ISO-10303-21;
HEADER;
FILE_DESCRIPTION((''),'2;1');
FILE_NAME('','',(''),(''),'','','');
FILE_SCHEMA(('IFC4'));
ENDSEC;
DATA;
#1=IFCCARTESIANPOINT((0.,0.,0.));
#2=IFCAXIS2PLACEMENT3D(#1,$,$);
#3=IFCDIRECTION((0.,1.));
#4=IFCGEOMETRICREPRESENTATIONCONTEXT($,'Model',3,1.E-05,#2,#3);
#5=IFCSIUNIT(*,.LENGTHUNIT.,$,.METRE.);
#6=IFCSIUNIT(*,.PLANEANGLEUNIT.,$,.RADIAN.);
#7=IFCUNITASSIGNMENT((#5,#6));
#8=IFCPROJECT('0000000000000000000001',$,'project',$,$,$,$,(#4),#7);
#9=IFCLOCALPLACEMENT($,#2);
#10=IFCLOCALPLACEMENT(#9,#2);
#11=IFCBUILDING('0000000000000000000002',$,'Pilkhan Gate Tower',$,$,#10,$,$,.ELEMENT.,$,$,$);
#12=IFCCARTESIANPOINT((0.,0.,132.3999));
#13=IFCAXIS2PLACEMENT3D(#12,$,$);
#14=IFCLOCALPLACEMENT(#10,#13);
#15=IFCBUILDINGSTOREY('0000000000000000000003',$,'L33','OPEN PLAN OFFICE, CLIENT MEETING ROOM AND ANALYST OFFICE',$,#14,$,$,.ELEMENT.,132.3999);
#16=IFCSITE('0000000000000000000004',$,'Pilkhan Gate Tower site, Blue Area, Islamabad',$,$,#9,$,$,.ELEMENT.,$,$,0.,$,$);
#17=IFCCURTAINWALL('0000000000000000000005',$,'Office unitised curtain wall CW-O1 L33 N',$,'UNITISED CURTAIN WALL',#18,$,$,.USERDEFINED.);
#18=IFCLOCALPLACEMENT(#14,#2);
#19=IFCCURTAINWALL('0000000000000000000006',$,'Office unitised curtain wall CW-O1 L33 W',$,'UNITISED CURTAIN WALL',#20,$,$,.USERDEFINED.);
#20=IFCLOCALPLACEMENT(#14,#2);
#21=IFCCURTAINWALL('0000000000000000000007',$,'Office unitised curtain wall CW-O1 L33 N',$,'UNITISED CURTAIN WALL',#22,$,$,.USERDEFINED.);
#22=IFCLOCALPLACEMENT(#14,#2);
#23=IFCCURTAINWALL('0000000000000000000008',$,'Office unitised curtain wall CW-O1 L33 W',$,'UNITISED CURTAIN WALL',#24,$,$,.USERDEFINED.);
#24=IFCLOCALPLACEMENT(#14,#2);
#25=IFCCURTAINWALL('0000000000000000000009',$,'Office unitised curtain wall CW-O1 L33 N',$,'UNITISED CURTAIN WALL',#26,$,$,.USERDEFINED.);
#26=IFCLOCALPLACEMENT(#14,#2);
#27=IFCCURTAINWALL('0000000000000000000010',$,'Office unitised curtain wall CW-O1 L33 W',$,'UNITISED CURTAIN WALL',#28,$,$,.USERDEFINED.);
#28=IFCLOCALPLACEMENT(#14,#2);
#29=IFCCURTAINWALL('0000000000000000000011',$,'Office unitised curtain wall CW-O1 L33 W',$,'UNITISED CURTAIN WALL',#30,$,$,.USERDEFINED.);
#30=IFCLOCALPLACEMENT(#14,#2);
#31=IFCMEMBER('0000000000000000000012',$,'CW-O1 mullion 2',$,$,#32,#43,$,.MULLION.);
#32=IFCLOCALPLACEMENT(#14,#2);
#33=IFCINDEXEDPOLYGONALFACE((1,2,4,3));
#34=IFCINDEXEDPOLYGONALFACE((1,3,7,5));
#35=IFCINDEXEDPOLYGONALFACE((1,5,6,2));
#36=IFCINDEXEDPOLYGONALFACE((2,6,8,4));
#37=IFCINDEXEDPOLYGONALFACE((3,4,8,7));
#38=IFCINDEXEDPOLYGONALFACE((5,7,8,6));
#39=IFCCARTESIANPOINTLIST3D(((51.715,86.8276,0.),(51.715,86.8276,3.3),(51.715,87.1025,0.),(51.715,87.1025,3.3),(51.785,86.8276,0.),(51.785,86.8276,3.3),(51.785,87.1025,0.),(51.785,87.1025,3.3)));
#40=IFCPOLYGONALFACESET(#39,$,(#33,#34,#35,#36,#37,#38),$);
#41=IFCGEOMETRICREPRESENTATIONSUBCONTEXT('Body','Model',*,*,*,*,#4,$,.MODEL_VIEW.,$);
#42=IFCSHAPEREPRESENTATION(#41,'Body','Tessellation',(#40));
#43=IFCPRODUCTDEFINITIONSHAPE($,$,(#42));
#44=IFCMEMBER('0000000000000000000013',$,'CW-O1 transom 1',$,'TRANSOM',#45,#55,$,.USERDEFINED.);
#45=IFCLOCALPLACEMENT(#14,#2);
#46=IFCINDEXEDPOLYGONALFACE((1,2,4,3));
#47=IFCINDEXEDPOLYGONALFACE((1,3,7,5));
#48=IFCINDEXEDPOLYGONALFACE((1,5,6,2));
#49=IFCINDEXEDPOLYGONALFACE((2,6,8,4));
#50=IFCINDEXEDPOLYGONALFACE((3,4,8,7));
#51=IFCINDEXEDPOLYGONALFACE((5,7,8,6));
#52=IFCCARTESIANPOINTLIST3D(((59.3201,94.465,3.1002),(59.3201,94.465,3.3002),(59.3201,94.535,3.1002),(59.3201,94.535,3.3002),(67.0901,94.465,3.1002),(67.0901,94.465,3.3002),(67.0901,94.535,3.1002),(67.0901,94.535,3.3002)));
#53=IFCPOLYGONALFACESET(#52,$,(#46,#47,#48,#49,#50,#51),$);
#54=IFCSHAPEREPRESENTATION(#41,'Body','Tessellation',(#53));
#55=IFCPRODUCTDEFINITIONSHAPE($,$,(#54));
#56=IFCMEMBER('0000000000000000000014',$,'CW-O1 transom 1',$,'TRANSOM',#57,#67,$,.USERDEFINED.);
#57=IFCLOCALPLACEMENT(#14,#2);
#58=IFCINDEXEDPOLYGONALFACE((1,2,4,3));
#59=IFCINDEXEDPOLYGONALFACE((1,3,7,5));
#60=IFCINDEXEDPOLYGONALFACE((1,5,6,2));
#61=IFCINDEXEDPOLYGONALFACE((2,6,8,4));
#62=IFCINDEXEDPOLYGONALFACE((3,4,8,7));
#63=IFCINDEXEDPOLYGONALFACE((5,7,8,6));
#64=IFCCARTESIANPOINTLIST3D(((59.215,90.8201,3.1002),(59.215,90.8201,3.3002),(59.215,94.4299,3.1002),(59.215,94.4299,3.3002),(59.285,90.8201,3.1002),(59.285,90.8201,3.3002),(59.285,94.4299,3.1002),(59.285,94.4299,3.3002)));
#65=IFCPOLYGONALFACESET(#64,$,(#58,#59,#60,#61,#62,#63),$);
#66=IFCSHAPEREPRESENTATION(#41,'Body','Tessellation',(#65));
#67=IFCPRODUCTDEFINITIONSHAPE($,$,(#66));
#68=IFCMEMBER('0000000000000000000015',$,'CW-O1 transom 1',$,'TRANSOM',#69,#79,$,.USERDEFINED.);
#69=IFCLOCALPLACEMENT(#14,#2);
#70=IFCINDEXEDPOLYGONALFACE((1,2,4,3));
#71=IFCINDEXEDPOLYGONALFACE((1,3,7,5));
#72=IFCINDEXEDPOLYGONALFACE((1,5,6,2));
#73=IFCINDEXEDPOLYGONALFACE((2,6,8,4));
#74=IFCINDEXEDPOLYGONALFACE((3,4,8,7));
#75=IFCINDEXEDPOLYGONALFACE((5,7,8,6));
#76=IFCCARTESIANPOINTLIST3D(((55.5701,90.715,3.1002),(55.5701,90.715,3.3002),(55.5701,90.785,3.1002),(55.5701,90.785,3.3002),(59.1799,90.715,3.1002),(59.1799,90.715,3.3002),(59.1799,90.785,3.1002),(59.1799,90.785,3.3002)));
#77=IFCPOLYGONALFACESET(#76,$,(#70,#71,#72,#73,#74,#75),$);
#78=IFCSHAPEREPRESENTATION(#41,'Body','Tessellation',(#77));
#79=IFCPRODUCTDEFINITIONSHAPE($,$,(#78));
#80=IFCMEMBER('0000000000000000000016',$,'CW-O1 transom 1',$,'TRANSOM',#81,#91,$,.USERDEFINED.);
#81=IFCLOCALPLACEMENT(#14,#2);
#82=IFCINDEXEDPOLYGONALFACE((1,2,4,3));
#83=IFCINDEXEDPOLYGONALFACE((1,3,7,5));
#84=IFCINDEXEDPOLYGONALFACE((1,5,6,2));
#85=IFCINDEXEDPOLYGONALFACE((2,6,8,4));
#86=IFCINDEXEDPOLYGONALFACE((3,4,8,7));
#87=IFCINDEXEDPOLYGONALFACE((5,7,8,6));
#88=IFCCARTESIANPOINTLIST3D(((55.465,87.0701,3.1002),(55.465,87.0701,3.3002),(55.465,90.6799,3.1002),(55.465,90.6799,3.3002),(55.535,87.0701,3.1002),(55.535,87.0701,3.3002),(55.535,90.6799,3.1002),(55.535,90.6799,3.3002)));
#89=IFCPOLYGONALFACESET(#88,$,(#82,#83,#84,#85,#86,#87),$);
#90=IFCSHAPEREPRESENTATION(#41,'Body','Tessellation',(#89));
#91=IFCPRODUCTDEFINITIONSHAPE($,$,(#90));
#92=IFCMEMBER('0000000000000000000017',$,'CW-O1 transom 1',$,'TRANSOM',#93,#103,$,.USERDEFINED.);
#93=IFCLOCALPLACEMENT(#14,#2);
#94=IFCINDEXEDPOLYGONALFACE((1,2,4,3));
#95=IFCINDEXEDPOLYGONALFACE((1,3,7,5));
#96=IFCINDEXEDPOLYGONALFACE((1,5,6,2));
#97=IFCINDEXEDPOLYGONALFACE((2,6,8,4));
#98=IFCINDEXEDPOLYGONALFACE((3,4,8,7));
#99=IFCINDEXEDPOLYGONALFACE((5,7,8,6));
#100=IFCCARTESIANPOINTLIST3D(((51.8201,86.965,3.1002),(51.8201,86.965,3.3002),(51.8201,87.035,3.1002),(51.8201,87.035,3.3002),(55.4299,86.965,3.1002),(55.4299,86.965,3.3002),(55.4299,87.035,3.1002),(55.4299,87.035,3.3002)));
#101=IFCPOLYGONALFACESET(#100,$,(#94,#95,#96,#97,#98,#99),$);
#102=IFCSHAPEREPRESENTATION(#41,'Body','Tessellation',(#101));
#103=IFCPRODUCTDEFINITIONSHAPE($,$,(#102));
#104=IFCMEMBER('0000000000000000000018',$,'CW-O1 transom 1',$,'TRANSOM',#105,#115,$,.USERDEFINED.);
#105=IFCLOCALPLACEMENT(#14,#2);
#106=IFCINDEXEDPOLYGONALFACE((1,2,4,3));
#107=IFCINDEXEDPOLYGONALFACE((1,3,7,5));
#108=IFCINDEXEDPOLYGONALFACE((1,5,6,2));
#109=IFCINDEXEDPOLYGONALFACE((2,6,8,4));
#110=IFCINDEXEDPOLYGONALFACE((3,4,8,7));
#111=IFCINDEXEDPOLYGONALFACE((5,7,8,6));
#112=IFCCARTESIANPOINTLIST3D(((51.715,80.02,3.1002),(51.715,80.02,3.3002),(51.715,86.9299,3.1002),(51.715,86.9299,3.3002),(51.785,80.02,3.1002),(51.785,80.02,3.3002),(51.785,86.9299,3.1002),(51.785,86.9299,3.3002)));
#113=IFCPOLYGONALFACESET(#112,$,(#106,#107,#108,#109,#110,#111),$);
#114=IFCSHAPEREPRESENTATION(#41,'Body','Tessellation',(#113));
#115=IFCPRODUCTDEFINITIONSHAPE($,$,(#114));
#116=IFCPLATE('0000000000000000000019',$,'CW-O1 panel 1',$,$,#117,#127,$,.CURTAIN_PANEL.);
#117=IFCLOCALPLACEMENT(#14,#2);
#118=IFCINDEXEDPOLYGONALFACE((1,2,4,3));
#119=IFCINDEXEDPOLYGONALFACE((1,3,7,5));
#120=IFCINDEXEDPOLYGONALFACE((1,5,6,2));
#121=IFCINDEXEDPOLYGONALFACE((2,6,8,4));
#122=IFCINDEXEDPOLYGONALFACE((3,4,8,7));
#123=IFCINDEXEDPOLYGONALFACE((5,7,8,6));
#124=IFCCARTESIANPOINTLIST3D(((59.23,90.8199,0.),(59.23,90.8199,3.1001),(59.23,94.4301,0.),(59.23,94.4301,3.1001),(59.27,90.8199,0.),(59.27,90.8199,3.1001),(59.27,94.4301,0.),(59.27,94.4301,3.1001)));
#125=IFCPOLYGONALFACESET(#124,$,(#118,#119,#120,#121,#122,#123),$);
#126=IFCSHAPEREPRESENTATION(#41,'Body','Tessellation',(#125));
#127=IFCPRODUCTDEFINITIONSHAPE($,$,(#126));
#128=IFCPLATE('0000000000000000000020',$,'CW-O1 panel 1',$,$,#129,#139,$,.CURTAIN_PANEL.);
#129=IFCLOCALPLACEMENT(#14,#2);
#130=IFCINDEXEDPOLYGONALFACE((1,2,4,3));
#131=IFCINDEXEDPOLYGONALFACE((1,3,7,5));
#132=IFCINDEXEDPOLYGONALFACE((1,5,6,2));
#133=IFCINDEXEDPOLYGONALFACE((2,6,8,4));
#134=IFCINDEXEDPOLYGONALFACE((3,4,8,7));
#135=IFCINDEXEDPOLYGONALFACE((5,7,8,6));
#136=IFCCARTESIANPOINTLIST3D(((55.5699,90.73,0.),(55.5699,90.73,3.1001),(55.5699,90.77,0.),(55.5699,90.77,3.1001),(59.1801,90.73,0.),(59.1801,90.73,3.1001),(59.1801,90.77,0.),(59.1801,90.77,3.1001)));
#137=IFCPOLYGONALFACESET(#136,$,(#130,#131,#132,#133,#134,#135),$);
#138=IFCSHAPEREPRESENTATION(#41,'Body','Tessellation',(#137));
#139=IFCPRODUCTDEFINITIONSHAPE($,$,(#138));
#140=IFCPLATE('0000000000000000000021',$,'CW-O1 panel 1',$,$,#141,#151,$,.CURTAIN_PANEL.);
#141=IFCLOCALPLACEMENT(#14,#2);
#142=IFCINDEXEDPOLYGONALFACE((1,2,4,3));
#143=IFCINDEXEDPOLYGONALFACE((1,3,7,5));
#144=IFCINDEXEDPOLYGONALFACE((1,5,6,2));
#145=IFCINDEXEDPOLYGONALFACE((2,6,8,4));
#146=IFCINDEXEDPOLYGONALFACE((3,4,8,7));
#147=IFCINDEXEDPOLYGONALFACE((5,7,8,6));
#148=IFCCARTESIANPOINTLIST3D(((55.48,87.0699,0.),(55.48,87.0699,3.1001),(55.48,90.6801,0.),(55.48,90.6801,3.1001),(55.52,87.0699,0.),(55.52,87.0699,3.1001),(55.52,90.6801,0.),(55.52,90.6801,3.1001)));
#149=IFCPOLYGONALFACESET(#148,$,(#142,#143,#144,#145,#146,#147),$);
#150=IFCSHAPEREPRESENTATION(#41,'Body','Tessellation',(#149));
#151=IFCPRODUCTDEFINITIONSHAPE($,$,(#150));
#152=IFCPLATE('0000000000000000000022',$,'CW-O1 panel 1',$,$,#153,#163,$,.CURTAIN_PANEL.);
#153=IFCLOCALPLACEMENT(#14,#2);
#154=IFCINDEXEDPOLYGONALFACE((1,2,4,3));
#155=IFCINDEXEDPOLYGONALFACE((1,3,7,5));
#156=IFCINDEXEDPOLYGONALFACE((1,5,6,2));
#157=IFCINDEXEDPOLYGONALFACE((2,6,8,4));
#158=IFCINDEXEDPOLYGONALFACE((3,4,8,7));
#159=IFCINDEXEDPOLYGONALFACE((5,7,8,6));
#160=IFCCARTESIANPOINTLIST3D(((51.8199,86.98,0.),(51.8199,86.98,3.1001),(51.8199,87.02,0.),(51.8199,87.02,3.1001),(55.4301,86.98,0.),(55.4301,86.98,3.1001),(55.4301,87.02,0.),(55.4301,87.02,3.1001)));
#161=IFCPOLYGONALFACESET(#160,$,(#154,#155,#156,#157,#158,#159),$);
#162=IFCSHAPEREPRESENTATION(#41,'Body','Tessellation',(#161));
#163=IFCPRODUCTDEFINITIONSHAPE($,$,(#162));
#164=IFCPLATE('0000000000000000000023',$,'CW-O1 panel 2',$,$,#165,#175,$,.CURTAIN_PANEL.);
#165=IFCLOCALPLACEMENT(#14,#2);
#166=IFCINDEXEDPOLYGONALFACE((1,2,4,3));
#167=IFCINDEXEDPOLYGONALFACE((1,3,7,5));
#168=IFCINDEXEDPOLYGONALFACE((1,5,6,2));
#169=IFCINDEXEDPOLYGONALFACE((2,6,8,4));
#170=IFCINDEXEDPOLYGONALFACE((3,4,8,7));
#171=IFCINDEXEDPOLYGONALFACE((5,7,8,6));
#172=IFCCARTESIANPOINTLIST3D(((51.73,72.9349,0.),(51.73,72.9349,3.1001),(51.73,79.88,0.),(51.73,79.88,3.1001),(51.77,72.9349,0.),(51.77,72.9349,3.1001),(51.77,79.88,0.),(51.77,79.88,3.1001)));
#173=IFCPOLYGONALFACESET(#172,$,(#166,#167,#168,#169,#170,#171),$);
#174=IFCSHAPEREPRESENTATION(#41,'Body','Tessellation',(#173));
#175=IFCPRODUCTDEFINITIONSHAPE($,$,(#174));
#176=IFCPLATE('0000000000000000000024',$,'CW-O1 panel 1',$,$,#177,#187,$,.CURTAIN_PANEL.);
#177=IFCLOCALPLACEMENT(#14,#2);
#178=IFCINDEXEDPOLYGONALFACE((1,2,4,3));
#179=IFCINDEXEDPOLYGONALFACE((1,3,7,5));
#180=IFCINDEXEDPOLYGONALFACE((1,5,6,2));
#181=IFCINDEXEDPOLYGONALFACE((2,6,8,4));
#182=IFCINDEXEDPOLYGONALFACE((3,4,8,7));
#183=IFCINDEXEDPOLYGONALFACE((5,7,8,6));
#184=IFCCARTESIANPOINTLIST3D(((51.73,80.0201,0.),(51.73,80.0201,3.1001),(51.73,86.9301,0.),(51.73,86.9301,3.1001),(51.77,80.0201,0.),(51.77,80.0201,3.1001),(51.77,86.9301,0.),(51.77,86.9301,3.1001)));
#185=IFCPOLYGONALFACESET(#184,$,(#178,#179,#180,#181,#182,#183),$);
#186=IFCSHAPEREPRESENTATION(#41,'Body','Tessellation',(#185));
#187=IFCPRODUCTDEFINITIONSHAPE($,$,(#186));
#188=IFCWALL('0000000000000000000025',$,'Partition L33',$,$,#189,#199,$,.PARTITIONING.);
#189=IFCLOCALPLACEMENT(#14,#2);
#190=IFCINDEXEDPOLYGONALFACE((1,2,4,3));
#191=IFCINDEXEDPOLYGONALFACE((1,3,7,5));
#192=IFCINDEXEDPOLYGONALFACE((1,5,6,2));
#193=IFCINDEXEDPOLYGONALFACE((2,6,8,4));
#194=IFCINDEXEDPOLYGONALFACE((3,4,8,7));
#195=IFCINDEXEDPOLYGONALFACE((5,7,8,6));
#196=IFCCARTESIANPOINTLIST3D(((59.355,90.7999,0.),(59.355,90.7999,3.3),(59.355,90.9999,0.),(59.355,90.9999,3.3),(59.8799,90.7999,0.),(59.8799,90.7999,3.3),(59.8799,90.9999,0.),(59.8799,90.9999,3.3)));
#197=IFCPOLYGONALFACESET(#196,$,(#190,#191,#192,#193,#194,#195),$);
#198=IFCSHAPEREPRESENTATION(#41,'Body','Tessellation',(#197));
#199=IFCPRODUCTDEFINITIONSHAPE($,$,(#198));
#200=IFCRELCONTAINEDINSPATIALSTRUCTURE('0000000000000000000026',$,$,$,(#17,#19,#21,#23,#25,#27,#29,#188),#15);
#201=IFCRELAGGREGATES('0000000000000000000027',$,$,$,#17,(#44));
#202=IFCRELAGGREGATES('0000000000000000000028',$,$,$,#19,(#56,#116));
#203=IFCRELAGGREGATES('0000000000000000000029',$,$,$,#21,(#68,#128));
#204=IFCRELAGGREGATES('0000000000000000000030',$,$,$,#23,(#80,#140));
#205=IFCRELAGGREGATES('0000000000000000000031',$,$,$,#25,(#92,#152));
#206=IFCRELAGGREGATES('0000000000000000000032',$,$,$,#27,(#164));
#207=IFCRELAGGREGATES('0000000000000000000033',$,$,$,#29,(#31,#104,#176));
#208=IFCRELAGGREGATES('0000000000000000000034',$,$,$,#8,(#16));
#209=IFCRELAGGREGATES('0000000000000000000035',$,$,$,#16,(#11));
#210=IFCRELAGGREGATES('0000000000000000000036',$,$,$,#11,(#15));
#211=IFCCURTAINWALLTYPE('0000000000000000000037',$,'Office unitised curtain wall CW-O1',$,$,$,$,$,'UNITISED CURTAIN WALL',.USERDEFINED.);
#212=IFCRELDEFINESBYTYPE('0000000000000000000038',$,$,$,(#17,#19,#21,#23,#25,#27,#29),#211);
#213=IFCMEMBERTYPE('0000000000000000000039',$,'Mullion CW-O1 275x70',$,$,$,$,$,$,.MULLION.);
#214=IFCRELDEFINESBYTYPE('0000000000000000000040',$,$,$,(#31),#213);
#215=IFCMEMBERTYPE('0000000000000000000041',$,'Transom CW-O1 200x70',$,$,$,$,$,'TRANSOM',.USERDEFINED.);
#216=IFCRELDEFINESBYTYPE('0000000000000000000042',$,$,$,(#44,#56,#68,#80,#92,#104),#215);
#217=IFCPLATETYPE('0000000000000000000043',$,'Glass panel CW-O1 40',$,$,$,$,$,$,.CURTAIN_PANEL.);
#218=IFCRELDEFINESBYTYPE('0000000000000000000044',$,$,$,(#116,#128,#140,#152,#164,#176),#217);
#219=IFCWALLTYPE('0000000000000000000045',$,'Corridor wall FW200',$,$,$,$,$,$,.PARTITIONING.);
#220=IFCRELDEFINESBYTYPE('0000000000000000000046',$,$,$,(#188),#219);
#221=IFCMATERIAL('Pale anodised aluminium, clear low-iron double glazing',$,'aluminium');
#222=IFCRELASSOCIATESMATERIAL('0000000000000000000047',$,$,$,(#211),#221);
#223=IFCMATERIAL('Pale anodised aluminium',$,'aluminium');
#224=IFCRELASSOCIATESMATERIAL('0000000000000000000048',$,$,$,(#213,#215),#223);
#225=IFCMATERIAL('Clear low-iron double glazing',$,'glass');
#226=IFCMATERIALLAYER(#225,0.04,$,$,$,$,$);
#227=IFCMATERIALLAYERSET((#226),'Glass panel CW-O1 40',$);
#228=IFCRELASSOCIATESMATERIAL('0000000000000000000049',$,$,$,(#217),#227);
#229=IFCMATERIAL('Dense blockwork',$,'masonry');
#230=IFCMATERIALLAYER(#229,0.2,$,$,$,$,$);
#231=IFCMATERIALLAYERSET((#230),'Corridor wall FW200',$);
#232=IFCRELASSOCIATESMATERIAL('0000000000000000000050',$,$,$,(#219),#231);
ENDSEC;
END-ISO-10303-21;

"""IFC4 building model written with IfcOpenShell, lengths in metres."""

from ifc_helpers import new_model, si_unit, direction, frame, frame_2d, origin, origin_2d, place, context, subcontext, project, spatial, rectangle, extrude, material, layer, layer_set, material_profile, profile_set, type_object, element, aggregate, save


model = new_model("IFC4")

# Units and contexts
model_context = context("Model", 3, precision=1e-05, world=origin(), true_north=direction((0.0, 1.0)))
body_context = subcontext(model_context, "Body", "Model", "MODEL_VIEW")
ifc_project = project(units=[si_unit("LENGTHUNIT", "METRE"), si_unit("PLANEANGLEUNIT", "RADIAN")], contexts=[model_context])

# Site, building, storey
site_placement = place(None, origin())
site = spatial("IfcSite", under=ifc_project, at=site_placement, Name="Pilkhan Gate Tower site, Blue Area, Islamabad", CompositionType="ELEMENT", RefElevation=0.0)
building_placement = place(site_placement, origin())
building = spatial("IfcBuilding", under=site, at=building_placement, Name="Pilkhan Gate Tower", CompositionType="ELEMENT")
storey_placement = place(building_placement, frame((0.0, 0.0, 132.3999)))
storey = spatial("IfcBuildingStorey", under=building, at=storey_placement, Name="L33", Description="OPEN PLAN OFFICE, CLIENT MEETING ROOM AND ANALYST OFFICE", CompositionType="ELEMENT", Elevation=132.3999)

# Curtain wall
ifc_material_1 = material(Name="Pale anodised aluminium, clear low-iron double glazing", Category="aluminium")
curtain_wall_type = type_object("IfcCurtainWallType", Name="Office unitised curtain wall CW-O1", ElementType="UNITISED CURTAIN WALL", PredefinedType="USERDEFINED", material=ifc_material_1)
curtain_wall_1_placement = place(storey_placement, origin())
curtain_wall_1 = element("IfcCurtainWall", 1, at=curtain_wall_1_placement, inside=storey, type_object=curtain_wall_type, Name="Office unitised curtain wall CW-O1 L33 N", ObjectType="UNITISED CURTAIN WALL", PredefinedType="USERDEFINED")
ifc_material_2 = material(Name="Pale anodised aluminium", Category="aluminium")
ifc_material_profile_1 = material_profile(ifc_material_2, rectangle(XDim=0.0701, YDim=0.2749, at=origin_2d()), Name="Mullion 275x70")
ifc_profile_set_1 = profile_set([ifc_material_profile_1], Name="Pale anodised aluminium")
member_type_1 = type_object("IfcMemberType", Name="Mullion CW-O1 275x70", PredefinedType="MULLION", material=ifc_profile_set_1)

# Curtain walls
curtain_wall_2_placement = place(storey_placement, origin())
curtain_wall_2 = element("IfcCurtainWall", 2, at=curtain_wall_2_placement, inside=storey, type_object=curtain_wall_type, Name="Office unitised curtain wall CW-O1 L33 W", ObjectType="UNITISED CURTAIN WALL", PredefinedType="USERDEFINED")
curtain_wall_3_placement = place(storey_placement, origin())
curtain_wall_3 = element("IfcCurtainWall", 3, at=curtain_wall_3_placement, inside=storey, type_object=curtain_wall_type, Name="Office unitised curtain wall CW-O1 L33 N", ObjectType="UNITISED CURTAIN WALL", PredefinedType="USERDEFINED")
curtain_wall_4_placement = place(storey_placement, origin())
curtain_wall_4 = element("IfcCurtainWall", 4, at=curtain_wall_4_placement, inside=storey, type_object=curtain_wall_type, Name="Office unitised curtain wall CW-O1 L33 W", ObjectType="UNITISED CURTAIN WALL", PredefinedType="USERDEFINED")
curtain_wall_5_placement = place(storey_placement, origin())
curtain_wall_5 = element("IfcCurtainWall", 5, at=curtain_wall_5_placement, inside=storey, type_object=curtain_wall_type, Name="Office unitised curtain wall CW-O1 L33 N", ObjectType="UNITISED CURTAIN WALL", PredefinedType="USERDEFINED")

# Curtain wall
curtain_wall_6_placement = place(storey_placement, origin())
curtain_wall_6 = element("IfcCurtainWall", 6, at=curtain_wall_6_placement, inside=storey, type_object=curtain_wall_type, Name="Office unitised curtain wall CW-O1 L33 W", ObjectType="UNITISED CURTAIN WALL", PredefinedType="USERDEFINED")

# Curtain wall, member
curtain_wall_7_placement = place(storey_placement, origin())
curtain_wall_7 = element("IfcCurtainWall", 7, at=curtain_wall_7_placement, inside=storey, type_object=curtain_wall_type, Name="Office unitised curtain wall CW-O1 L33 W", ObjectType="UNITISED CURTAIN WALL", PredefinedType="USERDEFINED")
member_1_placement = place(storey_placement, frame((51.75, 86.9651, 0.0), z_axis=(0.0, 0.0, 1.0), x_axis=(-1.0, 0.0, 0.0)))
member_1 = element("IfcMember", 8, at=member_1_placement, type_object=member_type_1, Name="CW-O1 mullion 2", PredefinedType="MULLION", context=body_context, shape_type="SweptSolid", body=[
    extrude(rectangle(XDim=0.0701, YDim=0.2749, at=origin_2d()), origin(), (0.0, 0.0, 1.0), 3.3),
])

# Members
ifc_material_profile_2 = material_profile(ifc_material_2, rectangle(XDim=0.0701, YDim=0.2, at=origin_2d()), Name="Transom 200x70")
ifc_profile_set_2 = profile_set([ifc_material_profile_2], Name="Pale anodised aluminium")
member_type_2 = type_object("IfcMemberType", Name="Transom CW-O1 200x70", ElementType="TRANSOM", PredefinedType="USERDEFINED", material=ifc_profile_set_2)
member_2_placement = place(storey_placement, frame((59.3201, 94.5, 3.2002), z_axis=(1.0, 0.0, 0.0), x_axis=(0.0, 1.0, 0.0)))
member_2 = element("IfcMember", 9, at=member_2_placement, type_object=member_type_2, Name="CW-O1 transom 1", ObjectType="TRANSOM", PredefinedType="USERDEFINED", context=body_context, shape_type="SweptSolid", body=[
    extrude(rectangle(XDim=0.0701, YDim=0.2, at=origin_2d()), origin(), (0.0, 0.0, 1.0), 7.77),
])
aggregate(curtain_wall_1, [member_2])
member_3_placement = place(storey_placement, frame((59.25, 90.8201, 3.2002), z_axis=(0.0, 1.0, 0.0), x_axis=(-1.0, 0.0, 0.0)))
member_3 = element("IfcMember", 10, at=member_3_placement, type_object=member_type_2, Name="CW-O1 transom 1", ObjectType="TRANSOM", PredefinedType="USERDEFINED", context=body_context, shape_type="SweptSolid", body=[
    extrude(rectangle(XDim=0.0701, YDim=0.2, at=origin_2d()), origin(), (0.0, 0.0, 1.0), 3.6099),
])
member_4_placement = place(storey_placement, frame((55.5701, 90.75, 3.2002), z_axis=(1.0, 0.0, 0.0), x_axis=(0.0, 1.0, 0.0)))
member_4 = element("IfcMember", 11, at=member_4_placement, type_object=member_type_2, Name="CW-O1 transom 1", ObjectType="TRANSOM", PredefinedType="USERDEFINED", context=body_context, shape_type="SweptSolid", body=[
    extrude(rectangle(XDim=0.0701, YDim=0.2, at=origin_2d()), origin(), (0.0, 0.0, 1.0), 3.6099),
])
member_5_placement = place(storey_placement, frame((55.5, 87.0701, 3.2002), z_axis=(0.0, 1.0, 0.0), x_axis=(-1.0, 0.0, 0.0)))
member_5 = element("IfcMember", 12, at=member_5_placement, type_object=member_type_2, Name="CW-O1 transom 1", ObjectType="TRANSOM", PredefinedType="USERDEFINED", context=body_context, shape_type="SweptSolid", body=[
    extrude(rectangle(XDim=0.0701, YDim=0.2, at=origin_2d()), origin(), (0.0, 0.0, 1.0), 3.6099),
])
member_6_placement = place(storey_placement, frame((51.8201, 87.0, 3.2002), z_axis=(1.0, 0.0, 0.0), x_axis=(0.0, 1.0, 0.0)))
member_6 = element("IfcMember", 13, at=member_6_placement, type_object=member_type_2, Name="CW-O1 transom 1", ObjectType="TRANSOM", PredefinedType="USERDEFINED", context=body_context, shape_type="SweptSolid", body=[
    extrude(rectangle(XDim=0.0701, YDim=0.2, at=origin_2d()), origin(), (0.0, 0.0, 1.0), 3.6099),
])
member_7_placement = place(storey_placement, frame((51.75, 80.02, 3.2002), z_axis=(0.0, 1.0, 0.0), x_axis=(-1.0, 0.0, 0.0)))
member_7 = element("IfcMember", 14, at=member_7_placement, type_object=member_type_2, Name="CW-O1 transom 1", ObjectType="TRANSOM", PredefinedType="USERDEFINED", context=body_context, shape_type="SweptSolid", body=[
    extrude(rectangle(XDim=0.0701, YDim=0.2, at=origin_2d()), origin(), (0.0, 0.0, 1.0), 6.9099),
])

# Plates
ifc_material_3 = material(Name="Clear low-iron double glazing", Category="glass")
ifc_layer_1 = layer(ifc_material_3, 0.04)
ifc_layer_set_1 = layer_set([ifc_layer_1], Name="Glass panel CW-O1 40")
plate_type = type_object("IfcPlateType", Name="Glass panel CW-O1 40", PredefinedType="CURTAIN_PANEL", material=ifc_layer_set_1)
plate_1_placement = place(storey_placement, frame((59.25, 92.625, 0.0), z_axis=(0.0, 0.0, 1.0), x_axis=(0.0, 1.0, 0.0)))
plate_1 = element("IfcPlate", 15, at=plate_1_placement, type_object=plate_type, Name="CW-O1 panel 1", PredefinedType="CURTAIN_PANEL", context=body_context, shape_type="SweptSolid", body=[
    extrude(rectangle(XDim=3.6101, YDim=0.04, at=origin_2d()), origin(), (0.0, 0.0, 1.0), 3.1001),
])
aggregate(curtain_wall_2, [member_3, plate_1])
plate_2_placement = place(storey_placement, frame((57.375, 90.75, 0.0), z_axis=(0.0, 0.0, 1.0), x_axis=(1.0, 0.0, 0.0)))
plate_2 = element("IfcPlate", 16, at=plate_2_placement, type_object=plate_type, Name="CW-O1 panel 1", PredefinedType="CURTAIN_PANEL", context=body_context, shape_type="SweptSolid", body=[
    extrude(rectangle(XDim=3.6101, YDim=0.04, at=origin_2d()), origin(), (0.0, 0.0, 1.0), 3.1001),
])
aggregate(curtain_wall_3, [member_4, plate_2])
plate_3_placement = place(storey_placement, frame((55.5, 88.875, 0.0), z_axis=(0.0, 0.0, 1.0), x_axis=(0.0, 1.0, 0.0)))
plate_3 = element("IfcPlate", 17, at=plate_3_placement, type_object=plate_type, Name="CW-O1 panel 1", PredefinedType="CURTAIN_PANEL", context=body_context, shape_type="SweptSolid", body=[
    extrude(rectangle(XDim=3.6101, YDim=0.04, at=origin_2d()), origin(), (0.0, 0.0, 1.0), 3.1001),
])
aggregate(curtain_wall_4, [member_5, plate_3])
plate_4_placement = place(storey_placement, frame((53.625, 87.0, 0.0), z_axis=(0.0, 0.0, 1.0), x_axis=(1.0, 0.0, 0.0)))
plate_4 = element("IfcPlate", 18, at=plate_4_placement, type_object=plate_type, Name="CW-O1 panel 1", PredefinedType="CURTAIN_PANEL", context=body_context, shape_type="SweptSolid", body=[
    extrude(rectangle(XDim=3.6101, YDim=0.04, at=origin_2d()), origin(), (0.0, 0.0, 1.0), 3.1001),
])
aggregate(curtain_wall_5, [member_6, plate_4])
plate_5_placement = place(storey_placement, frame((51.75, 76.4075, 0.0), z_axis=(0.0, 0.0, 1.0), x_axis=(0.0, 1.0, 0.0)))
plate_5 = element("IfcPlate", 19, at=plate_5_placement, type_object=plate_type, Name="CW-O1 panel 2", PredefinedType="CURTAIN_PANEL", context=body_context, shape_type="SweptSolid", body=[
    extrude(rectangle(XDim=6.9451, YDim=0.04, at=origin_2d()), origin(), (0.0, 0.0, 1.0), 3.1001),
])
aggregate(curtain_wall_6, [plate_5])
plate_6_placement = place(storey_placement, frame((51.75, 83.4751, 0.0), z_axis=(0.0, 0.0, 1.0), x_axis=(0.0, 1.0, 0.0)))
plate_6 = element("IfcPlate", 20, at=plate_6_placement, type_object=plate_type, Name="CW-O1 panel 1", PredefinedType="CURTAIN_PANEL", context=body_context, shape_type="SweptSolid", body=[
    extrude(rectangle(XDim=6.9099, YDim=0.04, at=origin_2d()), origin(), (0.0, 0.0, 1.0), 3.1001),
])
aggregate(curtain_wall_7, [member_1, member_7, plate_6])

# Wall
ifc_material_4 = material(Name="Dense blockwork", Category="masonry")
ifc_layer_2 = layer(ifc_material_4, 0.2)
ifc_layer_set_2 = layer_set([ifc_layer_2], Name="Corridor wall FW200")
wall_type_1 = type_object("IfcWallType", Name="Corridor wall FW200", PredefinedType="PARTITIONING", material=ifc_layer_set_2)
wall_1_placement = place(storey_placement, frame((59.355, 90.8999, 0.0), z_axis=(0.0, 0.0, 1.0), x_axis=(1.0, 0.0, 0.0)))
element("IfcWall", 21, at=wall_1_placement, inside=storey, type_object=wall_type_1, Name="Partition L33", PredefinedType="PARTITIONING", context=body_context, shape_type="SweptSolid", body=[
    extrude(rectangle(XDim=0.5249, YDim=0.2, at=frame_2d((0.2625, 0.0))), origin(), (0.0, 0.0, 1.0), 3.3),
])

save(model, "model.ifc")
